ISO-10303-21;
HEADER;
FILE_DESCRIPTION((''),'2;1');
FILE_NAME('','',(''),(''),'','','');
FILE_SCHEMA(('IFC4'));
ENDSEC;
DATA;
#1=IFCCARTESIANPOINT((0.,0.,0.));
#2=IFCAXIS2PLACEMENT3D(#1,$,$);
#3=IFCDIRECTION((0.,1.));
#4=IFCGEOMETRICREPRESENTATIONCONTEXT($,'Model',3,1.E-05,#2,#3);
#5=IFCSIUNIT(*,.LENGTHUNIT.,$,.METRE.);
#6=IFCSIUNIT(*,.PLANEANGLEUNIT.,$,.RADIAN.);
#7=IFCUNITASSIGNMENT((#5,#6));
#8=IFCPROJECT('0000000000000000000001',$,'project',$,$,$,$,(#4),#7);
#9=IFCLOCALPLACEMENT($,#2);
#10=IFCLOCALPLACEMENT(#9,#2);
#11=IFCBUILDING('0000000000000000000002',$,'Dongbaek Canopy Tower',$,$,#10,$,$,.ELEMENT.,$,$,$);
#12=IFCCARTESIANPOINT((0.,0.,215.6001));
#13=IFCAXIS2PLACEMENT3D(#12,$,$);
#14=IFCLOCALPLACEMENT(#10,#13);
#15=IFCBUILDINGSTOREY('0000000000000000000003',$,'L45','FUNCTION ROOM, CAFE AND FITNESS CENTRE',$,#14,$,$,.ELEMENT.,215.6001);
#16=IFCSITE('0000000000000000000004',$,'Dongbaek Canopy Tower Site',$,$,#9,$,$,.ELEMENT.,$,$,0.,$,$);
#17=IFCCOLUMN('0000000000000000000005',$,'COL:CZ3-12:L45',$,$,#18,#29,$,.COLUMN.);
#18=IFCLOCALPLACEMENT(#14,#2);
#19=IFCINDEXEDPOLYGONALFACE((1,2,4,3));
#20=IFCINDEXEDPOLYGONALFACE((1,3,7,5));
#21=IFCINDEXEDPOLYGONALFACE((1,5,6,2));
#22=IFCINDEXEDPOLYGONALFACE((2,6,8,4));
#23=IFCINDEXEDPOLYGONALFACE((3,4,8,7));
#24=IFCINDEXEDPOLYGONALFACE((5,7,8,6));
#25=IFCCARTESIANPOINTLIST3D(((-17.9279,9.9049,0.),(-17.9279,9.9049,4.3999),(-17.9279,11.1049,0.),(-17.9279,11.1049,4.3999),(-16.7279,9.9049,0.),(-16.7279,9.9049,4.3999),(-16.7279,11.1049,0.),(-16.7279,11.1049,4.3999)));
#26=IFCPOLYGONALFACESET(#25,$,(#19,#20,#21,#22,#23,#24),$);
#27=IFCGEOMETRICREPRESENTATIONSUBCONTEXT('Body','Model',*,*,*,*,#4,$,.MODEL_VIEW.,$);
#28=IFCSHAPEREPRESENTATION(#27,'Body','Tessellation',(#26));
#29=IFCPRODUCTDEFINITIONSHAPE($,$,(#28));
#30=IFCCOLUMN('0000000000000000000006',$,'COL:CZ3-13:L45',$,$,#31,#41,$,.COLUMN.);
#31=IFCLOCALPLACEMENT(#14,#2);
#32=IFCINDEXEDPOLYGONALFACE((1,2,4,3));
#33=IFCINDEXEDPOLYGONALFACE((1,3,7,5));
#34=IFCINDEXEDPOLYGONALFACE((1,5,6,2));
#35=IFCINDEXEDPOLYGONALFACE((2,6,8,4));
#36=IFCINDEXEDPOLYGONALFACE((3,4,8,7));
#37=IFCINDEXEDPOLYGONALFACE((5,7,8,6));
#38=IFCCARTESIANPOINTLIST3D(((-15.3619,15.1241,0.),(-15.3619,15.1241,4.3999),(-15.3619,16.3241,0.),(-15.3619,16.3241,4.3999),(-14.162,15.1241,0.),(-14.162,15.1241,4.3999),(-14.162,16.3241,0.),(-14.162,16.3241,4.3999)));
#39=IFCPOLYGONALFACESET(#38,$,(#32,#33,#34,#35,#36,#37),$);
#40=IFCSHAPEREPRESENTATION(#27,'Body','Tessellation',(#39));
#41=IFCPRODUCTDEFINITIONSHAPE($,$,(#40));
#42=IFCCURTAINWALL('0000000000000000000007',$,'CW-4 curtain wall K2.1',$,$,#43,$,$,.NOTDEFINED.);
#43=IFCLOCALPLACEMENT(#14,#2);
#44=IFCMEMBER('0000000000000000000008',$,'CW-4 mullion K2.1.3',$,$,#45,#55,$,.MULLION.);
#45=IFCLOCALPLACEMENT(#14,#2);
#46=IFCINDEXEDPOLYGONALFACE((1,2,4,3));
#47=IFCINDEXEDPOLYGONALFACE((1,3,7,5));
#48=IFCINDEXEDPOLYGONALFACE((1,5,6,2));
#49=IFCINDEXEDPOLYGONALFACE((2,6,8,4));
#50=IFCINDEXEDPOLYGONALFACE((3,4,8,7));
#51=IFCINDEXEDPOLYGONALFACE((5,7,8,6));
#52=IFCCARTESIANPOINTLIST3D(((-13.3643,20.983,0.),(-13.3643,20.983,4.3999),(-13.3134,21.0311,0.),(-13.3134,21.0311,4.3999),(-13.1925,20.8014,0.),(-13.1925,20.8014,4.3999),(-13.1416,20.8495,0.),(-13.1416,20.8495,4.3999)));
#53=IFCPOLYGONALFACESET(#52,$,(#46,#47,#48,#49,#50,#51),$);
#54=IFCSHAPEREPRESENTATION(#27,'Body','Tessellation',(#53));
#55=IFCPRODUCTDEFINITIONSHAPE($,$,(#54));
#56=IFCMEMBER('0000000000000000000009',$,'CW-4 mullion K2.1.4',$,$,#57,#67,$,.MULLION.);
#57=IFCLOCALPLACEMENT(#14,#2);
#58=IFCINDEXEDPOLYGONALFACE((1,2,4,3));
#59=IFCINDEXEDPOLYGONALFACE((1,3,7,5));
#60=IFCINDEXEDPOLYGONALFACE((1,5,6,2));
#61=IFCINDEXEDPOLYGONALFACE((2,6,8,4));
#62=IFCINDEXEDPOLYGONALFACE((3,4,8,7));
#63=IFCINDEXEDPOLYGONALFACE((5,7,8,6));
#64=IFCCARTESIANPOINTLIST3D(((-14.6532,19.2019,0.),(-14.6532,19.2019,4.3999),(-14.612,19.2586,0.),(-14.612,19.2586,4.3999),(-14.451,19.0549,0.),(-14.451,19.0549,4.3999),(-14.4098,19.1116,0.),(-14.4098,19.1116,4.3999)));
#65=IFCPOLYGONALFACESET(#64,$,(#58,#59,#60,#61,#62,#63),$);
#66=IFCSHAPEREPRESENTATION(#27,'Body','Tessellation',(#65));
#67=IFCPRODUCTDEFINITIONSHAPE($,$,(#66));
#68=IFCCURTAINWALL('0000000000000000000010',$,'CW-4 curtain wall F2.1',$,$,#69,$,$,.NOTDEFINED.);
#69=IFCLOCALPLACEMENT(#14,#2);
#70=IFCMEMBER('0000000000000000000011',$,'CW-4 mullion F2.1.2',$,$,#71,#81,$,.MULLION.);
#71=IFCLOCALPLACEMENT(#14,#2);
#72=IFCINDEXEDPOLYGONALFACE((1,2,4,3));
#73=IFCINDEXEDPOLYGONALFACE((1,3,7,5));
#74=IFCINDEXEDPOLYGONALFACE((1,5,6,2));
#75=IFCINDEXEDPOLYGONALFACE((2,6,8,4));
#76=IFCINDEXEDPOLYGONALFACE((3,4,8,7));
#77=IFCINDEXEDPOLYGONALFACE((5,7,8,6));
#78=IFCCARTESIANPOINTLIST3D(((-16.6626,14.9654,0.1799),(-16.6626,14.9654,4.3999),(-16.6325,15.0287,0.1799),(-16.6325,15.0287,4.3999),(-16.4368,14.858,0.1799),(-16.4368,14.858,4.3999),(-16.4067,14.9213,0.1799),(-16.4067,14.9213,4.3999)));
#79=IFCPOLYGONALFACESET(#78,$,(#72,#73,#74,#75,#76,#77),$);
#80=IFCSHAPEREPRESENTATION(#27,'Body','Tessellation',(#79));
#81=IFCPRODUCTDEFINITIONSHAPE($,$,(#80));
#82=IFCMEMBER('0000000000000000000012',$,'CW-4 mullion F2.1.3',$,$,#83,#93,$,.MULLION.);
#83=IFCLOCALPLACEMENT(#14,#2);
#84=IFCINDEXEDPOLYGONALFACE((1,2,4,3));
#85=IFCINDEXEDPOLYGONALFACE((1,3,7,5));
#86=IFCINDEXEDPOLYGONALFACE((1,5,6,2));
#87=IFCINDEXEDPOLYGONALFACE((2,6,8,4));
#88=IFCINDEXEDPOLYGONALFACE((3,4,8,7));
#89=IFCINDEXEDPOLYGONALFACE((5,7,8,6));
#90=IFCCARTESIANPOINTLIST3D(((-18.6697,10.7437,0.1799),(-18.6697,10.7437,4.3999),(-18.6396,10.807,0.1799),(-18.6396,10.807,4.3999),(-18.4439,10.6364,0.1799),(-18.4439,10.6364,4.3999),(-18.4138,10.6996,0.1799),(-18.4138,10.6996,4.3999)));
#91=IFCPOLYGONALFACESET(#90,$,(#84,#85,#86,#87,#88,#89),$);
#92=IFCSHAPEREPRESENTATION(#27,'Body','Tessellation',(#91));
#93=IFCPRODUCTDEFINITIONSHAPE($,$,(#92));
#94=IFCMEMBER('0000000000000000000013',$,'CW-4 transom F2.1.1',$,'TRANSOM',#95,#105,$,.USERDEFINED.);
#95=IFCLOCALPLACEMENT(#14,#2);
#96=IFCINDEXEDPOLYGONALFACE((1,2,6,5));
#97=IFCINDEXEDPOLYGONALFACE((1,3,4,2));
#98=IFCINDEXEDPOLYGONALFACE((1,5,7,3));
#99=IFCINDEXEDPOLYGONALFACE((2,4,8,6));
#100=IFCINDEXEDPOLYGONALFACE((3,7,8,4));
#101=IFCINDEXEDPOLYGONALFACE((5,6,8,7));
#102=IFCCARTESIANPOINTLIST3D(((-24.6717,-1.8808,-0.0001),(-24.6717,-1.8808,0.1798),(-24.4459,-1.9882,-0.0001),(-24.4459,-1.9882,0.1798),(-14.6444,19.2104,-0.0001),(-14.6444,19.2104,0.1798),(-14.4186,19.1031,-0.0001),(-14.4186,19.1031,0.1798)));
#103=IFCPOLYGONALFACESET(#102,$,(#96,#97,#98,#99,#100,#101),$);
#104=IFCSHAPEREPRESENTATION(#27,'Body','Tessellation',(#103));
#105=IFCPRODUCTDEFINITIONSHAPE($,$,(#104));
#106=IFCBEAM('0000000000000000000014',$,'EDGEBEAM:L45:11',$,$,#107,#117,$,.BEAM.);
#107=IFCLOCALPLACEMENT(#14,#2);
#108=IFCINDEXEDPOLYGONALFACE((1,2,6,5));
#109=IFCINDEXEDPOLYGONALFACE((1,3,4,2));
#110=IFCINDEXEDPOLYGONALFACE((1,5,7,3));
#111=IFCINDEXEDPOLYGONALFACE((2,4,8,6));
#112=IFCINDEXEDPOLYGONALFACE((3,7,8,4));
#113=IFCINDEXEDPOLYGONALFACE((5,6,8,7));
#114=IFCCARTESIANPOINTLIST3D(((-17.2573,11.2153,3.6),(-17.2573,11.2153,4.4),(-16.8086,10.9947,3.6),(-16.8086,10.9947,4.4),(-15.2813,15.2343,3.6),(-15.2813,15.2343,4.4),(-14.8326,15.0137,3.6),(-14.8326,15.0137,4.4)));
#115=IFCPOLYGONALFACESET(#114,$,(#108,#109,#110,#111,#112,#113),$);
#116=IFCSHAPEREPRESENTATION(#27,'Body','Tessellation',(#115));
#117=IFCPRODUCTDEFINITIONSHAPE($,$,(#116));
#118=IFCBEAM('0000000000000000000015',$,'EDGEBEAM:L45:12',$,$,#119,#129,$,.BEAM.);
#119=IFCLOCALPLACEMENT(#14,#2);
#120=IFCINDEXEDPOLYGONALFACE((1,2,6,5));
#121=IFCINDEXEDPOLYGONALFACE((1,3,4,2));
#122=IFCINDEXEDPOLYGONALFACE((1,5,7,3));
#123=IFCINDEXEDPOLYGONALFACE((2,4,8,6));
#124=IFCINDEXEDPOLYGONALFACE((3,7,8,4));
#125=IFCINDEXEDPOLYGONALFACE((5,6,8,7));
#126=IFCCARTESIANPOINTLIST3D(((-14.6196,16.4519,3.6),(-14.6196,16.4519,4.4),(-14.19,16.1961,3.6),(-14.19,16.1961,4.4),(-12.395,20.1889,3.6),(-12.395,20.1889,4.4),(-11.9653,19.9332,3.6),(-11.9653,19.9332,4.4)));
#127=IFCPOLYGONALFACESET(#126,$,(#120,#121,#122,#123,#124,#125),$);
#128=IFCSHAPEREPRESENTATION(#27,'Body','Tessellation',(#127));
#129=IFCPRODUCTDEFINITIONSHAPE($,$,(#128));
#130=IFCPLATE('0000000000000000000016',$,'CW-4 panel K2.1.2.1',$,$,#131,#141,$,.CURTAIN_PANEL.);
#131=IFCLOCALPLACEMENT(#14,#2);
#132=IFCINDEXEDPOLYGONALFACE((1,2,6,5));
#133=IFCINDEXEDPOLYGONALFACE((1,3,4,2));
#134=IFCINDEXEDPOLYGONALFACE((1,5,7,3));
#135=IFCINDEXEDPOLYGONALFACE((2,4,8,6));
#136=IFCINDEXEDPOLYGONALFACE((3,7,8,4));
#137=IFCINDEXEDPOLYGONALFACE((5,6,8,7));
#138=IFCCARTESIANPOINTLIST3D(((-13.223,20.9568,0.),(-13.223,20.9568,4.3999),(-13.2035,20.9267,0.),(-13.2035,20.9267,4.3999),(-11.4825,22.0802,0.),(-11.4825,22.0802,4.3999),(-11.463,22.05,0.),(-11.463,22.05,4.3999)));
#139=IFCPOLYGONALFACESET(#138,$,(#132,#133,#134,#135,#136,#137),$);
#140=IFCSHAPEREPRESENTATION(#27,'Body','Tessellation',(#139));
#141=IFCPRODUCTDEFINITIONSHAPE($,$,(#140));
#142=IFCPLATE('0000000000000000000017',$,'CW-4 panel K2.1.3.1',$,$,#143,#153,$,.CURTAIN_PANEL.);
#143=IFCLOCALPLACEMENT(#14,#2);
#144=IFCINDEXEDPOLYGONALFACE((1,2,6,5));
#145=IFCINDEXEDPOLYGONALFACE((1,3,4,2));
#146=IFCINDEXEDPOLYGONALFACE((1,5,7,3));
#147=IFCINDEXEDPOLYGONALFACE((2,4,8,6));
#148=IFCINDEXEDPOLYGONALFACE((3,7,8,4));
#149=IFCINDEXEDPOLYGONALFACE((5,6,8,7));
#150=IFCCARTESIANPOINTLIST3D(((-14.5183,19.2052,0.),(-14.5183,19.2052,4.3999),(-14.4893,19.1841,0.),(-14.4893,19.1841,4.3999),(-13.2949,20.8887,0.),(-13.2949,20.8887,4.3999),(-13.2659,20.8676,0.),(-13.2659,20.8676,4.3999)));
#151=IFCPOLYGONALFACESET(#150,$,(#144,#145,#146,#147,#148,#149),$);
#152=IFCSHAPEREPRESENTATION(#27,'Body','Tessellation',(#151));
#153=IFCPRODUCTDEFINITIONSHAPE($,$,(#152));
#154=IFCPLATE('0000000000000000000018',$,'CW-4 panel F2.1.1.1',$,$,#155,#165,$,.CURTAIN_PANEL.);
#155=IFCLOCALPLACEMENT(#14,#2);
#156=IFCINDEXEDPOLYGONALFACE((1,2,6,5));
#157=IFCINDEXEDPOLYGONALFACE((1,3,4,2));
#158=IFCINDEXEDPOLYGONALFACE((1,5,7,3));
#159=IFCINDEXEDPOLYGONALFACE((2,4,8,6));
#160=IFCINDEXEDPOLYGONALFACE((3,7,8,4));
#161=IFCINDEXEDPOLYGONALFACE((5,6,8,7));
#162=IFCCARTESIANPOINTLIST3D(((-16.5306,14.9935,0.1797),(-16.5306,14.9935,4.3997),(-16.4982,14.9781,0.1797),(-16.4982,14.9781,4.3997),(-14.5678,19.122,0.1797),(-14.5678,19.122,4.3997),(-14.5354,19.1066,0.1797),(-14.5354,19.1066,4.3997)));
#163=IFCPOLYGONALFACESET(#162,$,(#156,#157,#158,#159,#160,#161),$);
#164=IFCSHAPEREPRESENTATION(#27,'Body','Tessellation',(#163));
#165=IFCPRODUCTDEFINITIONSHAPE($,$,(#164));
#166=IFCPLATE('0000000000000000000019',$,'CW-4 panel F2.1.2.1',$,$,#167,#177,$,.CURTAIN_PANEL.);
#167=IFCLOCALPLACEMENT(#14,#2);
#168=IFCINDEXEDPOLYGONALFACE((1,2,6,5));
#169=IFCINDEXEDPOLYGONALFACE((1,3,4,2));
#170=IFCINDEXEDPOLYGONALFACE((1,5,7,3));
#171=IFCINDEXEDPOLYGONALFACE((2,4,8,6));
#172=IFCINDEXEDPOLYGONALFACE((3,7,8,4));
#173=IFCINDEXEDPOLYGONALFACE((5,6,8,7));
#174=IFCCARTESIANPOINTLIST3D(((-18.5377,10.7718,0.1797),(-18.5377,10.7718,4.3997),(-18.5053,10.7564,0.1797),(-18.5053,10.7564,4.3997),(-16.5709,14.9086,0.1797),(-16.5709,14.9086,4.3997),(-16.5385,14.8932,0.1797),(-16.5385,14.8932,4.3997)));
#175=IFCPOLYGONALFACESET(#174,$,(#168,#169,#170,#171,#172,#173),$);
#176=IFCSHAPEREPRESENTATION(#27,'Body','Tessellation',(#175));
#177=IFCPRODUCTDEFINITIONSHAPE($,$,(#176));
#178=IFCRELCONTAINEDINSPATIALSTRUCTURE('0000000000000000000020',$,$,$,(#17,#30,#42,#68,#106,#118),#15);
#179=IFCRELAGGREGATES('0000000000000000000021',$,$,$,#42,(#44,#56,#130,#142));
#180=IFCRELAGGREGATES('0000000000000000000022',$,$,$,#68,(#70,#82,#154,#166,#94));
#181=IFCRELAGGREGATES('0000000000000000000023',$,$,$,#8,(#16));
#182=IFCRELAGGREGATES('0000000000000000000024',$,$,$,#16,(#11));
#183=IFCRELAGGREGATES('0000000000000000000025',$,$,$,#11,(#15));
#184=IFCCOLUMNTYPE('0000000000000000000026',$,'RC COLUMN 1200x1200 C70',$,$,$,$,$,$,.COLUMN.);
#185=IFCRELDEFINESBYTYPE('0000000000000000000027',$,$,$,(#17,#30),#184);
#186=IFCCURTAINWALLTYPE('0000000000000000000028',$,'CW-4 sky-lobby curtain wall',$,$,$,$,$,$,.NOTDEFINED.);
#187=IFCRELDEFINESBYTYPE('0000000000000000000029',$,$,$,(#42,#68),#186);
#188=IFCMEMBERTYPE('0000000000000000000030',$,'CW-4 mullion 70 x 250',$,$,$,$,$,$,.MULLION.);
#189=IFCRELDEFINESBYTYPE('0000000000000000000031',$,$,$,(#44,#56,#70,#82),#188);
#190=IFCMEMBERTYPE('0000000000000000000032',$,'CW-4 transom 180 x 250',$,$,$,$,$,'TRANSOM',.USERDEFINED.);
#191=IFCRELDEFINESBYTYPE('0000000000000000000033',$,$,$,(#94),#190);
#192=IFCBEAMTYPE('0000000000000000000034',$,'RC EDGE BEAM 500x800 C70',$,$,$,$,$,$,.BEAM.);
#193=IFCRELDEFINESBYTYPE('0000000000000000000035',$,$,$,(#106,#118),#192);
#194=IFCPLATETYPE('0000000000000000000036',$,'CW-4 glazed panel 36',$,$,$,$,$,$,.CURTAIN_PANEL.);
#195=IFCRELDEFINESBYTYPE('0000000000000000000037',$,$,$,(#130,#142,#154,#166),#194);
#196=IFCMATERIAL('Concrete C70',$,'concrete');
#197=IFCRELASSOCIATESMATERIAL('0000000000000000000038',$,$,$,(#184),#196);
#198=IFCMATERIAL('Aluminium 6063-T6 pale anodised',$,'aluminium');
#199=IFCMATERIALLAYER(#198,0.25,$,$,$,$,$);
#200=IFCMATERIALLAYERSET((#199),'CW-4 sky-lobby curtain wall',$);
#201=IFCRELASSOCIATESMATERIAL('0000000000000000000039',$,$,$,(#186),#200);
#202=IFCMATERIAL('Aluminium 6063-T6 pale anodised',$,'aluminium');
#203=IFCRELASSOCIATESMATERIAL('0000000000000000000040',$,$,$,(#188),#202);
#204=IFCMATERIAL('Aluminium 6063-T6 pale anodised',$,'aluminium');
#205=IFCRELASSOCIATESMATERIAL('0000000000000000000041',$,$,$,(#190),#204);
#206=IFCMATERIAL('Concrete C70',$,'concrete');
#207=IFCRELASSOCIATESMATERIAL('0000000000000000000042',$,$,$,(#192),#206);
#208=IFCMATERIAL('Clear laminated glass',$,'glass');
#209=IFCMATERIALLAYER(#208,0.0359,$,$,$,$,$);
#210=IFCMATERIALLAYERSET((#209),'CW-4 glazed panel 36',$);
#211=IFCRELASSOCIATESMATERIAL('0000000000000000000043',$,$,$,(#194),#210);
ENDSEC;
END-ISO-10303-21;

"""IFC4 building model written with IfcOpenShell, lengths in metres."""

from ifc_helpers import new_model, si_unit, direction, frame, origin, origin_2d, place, context, subcontext, project, spatial, rectangle, extrude, material, layer, layer_set, material_profile, profile_set, type_object, element, aggregate, save


model = new_model("IFC4")

# Units and contexts
model_context = context("Model", 3, precision=1e-05, world=origin(), true_north=direction((0.0, 1.0)))
body_context = subcontext(model_context, "Body", "Model", "MODEL_VIEW")
ifc_project = project(units=[si_unit("LENGTHUNIT", "METRE"), si_unit("PLANEANGLEUNIT", "RADIAN")], contexts=[model_context])

# Site, building, storey
site_placement = place(None, origin())
site = spatial("IfcSite", under=ifc_project, at=site_placement, Name="Dongbaek Canopy Tower Site", CompositionType="ELEMENT", RefElevation=0.0)
building_placement = place(site_placement, origin())
building = spatial("IfcBuilding", under=site, at=building_placement, Name="Dongbaek Canopy Tower", CompositionType="ELEMENT")
storey_placement = place(building_placement, frame((0.0, 0.0, 215.6001)))
storey = spatial("IfcBuildingStorey", under=building, at=storey_placement, Name="L45", Description="FUNCTION ROOM, CAFE AND FITNESS CENTRE", CompositionType="ELEMENT", Elevation=215.6001)

# Columns
ifc_material_1 = material(Name="Concrete C70", Category="concrete")
ifc_material_profile_1 = material_profile(ifc_material_1, rectangle(XDim=1.2, YDim=1.2, at=origin_2d()), Name="RC COLUMN 1200x1200 C70")
ifc_profile_set_1 = profile_set([ifc_material_profile_1], Name="Concrete C70")
column_type = type_object("IfcColumnType", Name="RC COLUMN 1200x1200 C70", PredefinedType="COLUMN", material=ifc_profile_set_1)
for number, where, z_axis, x_axis, name in (
    (1, (-17.3279, 10.5049, 0.0), (0.0, 0.0, 1.0), (1.0, 0.0, 0.0), "COL:CZ3-12:L45"),
    (2, (-14.762, 15.7241, 0.0), (0.0, 0.0, 1.0), (1.0, 0.0, 0.0), "COL:CZ3-13:L45"),
):
    element("IfcColumn", number, at=place(storey_placement, frame(where, z_axis=z_axis, x_axis=x_axis)), inside=storey, type_object=column_type, Name=name, PredefinedType="COLUMN", context=body_context, shape_type="SweptSolid", body=[
        extrude(rectangle(XDim=1.2, YDim=1.2, at=origin_2d()), origin(), (0.0, 0.0, 1.0), 4.3999),
    ])

# Curtain walls, members
ifc_material_2 = material(Name="Aluminium 6063-T6 pale anodised", Category="aluminium")
ifc_layer_1 = layer(ifc_material_2, 0.25)
ifc_layer_set_1 = layer_set([ifc_layer_1], Name="CW-4 sky-lobby curtain wall")
curtain_wall_type = type_object("IfcCurtainWallType", Name="CW-4 sky-lobby curtain wall", PredefinedType="NOTDEFINED", material=ifc_layer_set_1)
curtain_wall_1_placement = place(storey_placement, origin())
curtain_wall_1 = element("IfcCurtainWall", 3, at=curtain_wall_1_placement, inside=storey, type_object=curtain_wall_type, Name="CW-4 curtain wall K2.1", PredefinedType="NOTDEFINED")
ifc_material_3 = material(Name="Aluminium 6063-T6 pale anodised", Category="aluminium")
ifc_material_profile_2 = material_profile(ifc_material_3, rectangle(XDim=0.25, YDim=0.0701, at=origin_2d()), Name="CW-4 mullion 70 x 250")
ifc_profile_set_2 = profile_set([ifc_material_profile_2], Name="Aluminium 6063-T6 pale anodised")
member_type_1 = type_object("IfcMemberType", Name="CW-4 mullion 70 x 250", PredefinedType="MULLION", material=ifc_profile_set_2)
member_1_placement = place(storey_placement, frame((-13.2529, 20.9163, 0.0), z_axis=(0.0, 0.0, 1.0), x_axis=(-0.687292, 0.726381, 0.0)))
member_1 = element("IfcMember", 4, at=member_1_placement, type_object=member_type_1, Name="CW-4 mullion K2.1.3", PredefinedType="MULLION", context=body_context, shape_type="SweptSolid", body=[
    extrude(rectangle(XDim=0.25, YDim=0.0701, at=origin_2d()), origin(), (0.0, 0.0, 1.0), 4.3999),
])
member_2_placement = place(storey_placement, frame((-14.5315, 19.1567, 0.0), z_axis=(0.0, 0.0, 1.0), x_axis=(-0.808957, 0.587868, 0.0)))
member_2 = element("IfcMember", 5, at=member_2_placement, type_object=member_type_1, Name="CW-4 mullion K2.1.4", PredefinedType="MULLION", context=body_context, shape_type="SweptSolid", body=[
    extrude(rectangle(XDim=0.25, YDim=0.0701, at=origin_2d()), origin(), (0.0, 0.0, 1.0), 4.3999),
])
curtain_wall_2_placement = place(storey_placement, origin())
curtain_wall_2 = element("IfcCurtainWall", 6, at=curtain_wall_2_placement, inside=storey, type_object=curtain_wall_type, Name="CW-4 curtain wall F2.1", PredefinedType="NOTDEFINED")
member_3_placement = place(storey_placement, frame((-16.5347, 14.9434, 0.1799), z_axis=(0.0, 0.0, 1.0), x_axis=(-0.903127, 0.429375, 0.0)))
member_3 = element("IfcMember", 7, at=member_3_placement, type_object=member_type_1, Name="CW-4 mullion F2.1.2", PredefinedType="MULLION", context=body_context, shape_type="SweptSolid", body=[
    extrude(rectangle(XDim=0.25, YDim=0.0701, at=origin_2d()), origin(), (0.0, 0.0, 1.0), 4.22),
])
member_4_placement = place(storey_placement, frame((-18.5417, 10.7217, 0.1799), z_axis=(0.0, 0.0, 1.0), x_axis=(-0.903127, 0.429375, 0.0)))
member_4 = element("IfcMember", 8, at=member_4_placement, type_object=member_type_1, Name="CW-4 mullion F2.1.3", PredefinedType="MULLION", context=body_context, shape_type="SweptSolid", body=[
    extrude(rectangle(XDim=0.25, YDim=0.0701, at=origin_2d()), origin(), (0.0, 0.0, 1.0), 4.22),
])
ifc_material_4 = material(Name="Aluminium 6063-T6 pale anodised", Category="aluminium")
ifc_material_profile_3 = material_profile(ifc_material_4, rectangle(XDim=0.25, YDim=0.1799, at=origin_2d()), Name="CW-4 transom 180 x 250")
ifc_profile_set_3 = profile_set([ifc_material_profile_3], Name="Aluminium 6063-T6 pale anodised")
member_type_2 = type_object("IfcMemberType", Name="CW-4 transom 180 x 250", ElementType="TRANSOM", PredefinedType="USERDEFINED", material=ifc_profile_set_3)
member_5_placement = place(storey_placement, frame((-14.5315, 19.1567, 0.0898), z_axis=(-0.42937, -0.903129, 0.0), x_axis=(0.903129, -0.42937, 0.0)))
member_5 = element("IfcMember", 9, at=member_5_placement, type_object=member_type_2, Name="CW-4 transom F2.1.1", ObjectType="TRANSOM", PredefinedType="USERDEFINED", context=body_context, shape_type="SweptSolid", body=[
    extrude(rectangle(XDim=0.25, YDim=0.1799, at=origin_2d()), origin(), (0.0, 0.0, 1.0), 23.3535),
])

# Beams
ifc_material_5 = material(Name="Concrete C70", Category="concrete")
ifc_material_profile_4 = material_profile(ifc_material_5, rectangle(XDim=0.5, YDim=0.8, at=origin_2d()), Name="RC EDGE BEAM 500x800 C70")
ifc_profile_set_4 = profile_set([ifc_material_profile_4], Name="Concrete C70")
beam_type = type_object("IfcBeamType", Name="RC EDGE BEAM 500x800 C70", PredefinedType="BEAM", material=ifc_profile_set_4)
beam_1_placement = place(storey_placement, frame((-17.033, 11.105, 4.0), z_axis=(0.441229, 0.897395, 0.0), x_axis=(-0.897395, 0.441229, 0.0)))
element("IfcBeam", 10, at=beam_1_placement, inside=storey, type_object=beam_type, Name="EDGEBEAM:L45:11", PredefinedType="BEAM", context=body_context, shape_type="SweptSolid", body=[
    extrude(rectangle(XDim=0.5, YDim=0.8, at=origin_2d()), origin(), (0.0, 0.0, 1.0), 4.4785),
])
beam_2_placement = place(storey_placement, frame((-14.4048, 16.324, 4.0), z_axis=(0.511512, 0.859276, 0.0), x_axis=(-0.859276, 0.511512, 0.0)))
element("IfcBeam", 11, at=beam_2_placement, inside=storey, type_object=beam_type, Name="EDGEBEAM:L45:12", PredefinedType="BEAM", context=body_context, shape_type="SweptSolid", body=[
    extrude(rectangle(XDim=0.5, YDim=0.8, at=origin_2d()), origin(), (0.0, 0.0, 1.0), 4.3491),
])

# Plates
ifc_material_6 = material(Name="Clear laminated glass", Category="glass")
ifc_layer_2 = layer(ifc_material_6, 0.0359)
ifc_layer_set_2 = layer_set([ifc_layer_2], Name="CW-4 glazed panel 36")
plate_type = type_object("IfcPlateType", Name="CW-4 glazed panel 36", PredefinedType="CURTAIN_PANEL", material=ifc_layer_set_2)
plate_1_placement = place(storey_placement, frame((-12.343, 21.5034, 0.0), z_axis=(0.0, 0.0, 1.0), x_axis=(-0.840206, -0.542268, 0.0)))
plate_1 = element("IfcPlate", 12, at=plate_1_placement, type_object=plate_type, Name="CW-4 panel K2.1.2.1", PredefinedType="CURTAIN_PANEL", context=body_context, shape_type="SweptSolid", body=[
    extrude(rectangle(XDim=2.0715, YDim=0.0359, at=origin_2d()), origin(), (0.0, 0.0, 1.0), 4.3999),
])
plate_2_placement = place(storey_placement, frame((-13.8921, 20.0364, 0.0), z_axis=(0.0, 0.0, 1.0), x_axis=(-0.587868, -0.808957, 0.0)))
plate_2 = element("IfcPlate", 13, at=plate_2_placement, type_object=plate_type, Name="CW-4 panel K2.1.3.1", PredefinedType="CURTAIN_PANEL", context=body_context, shape_type="SweptSolid", body=[
    extrude(rectangle(XDim=2.0811, YDim=0.0359, at=origin_2d()), origin(), (0.0, 0.0, 1.0), 4.3999),
])
aggregate(curtain_wall_1, [member_1, member_2, plate_1, plate_2])
plate_3_placement = place(storey_placement, frame((-15.533, 17.05, 0.1797), z_axis=(0.0, 0.0, 1.0), x_axis=(-0.429375, -0.903127, 0.0)))
plate_3 = element("IfcPlate", 14, at=plate_3_placement, type_object=plate_type, Name="CW-4 panel F2.1.1.1", PredefinedType="CURTAIN_PANEL", context=body_context, shape_type="SweptSolid", body=[
    extrude(rectangle(XDim=4.5713, YDim=0.0359, at=origin_2d()), origin(), (0.0, 0.0, 1.0), 4.22),
])
plate_4_placement = place(storey_placement, frame((-17.5381, 12.8325, 0.1797), z_axis=(0.0, 0.0, 1.0), x_axis=(-0.429375, -0.903127, 0.0)))
plate_4 = element("IfcPlate", 15, at=plate_4_placement, type_object=plate_type, Name="CW-4 panel F2.1.2.1", PredefinedType="CURTAIN_PANEL", context=body_context, shape_type="SweptSolid", body=[
    extrude(rectangle(XDim=4.5806, YDim=0.0359, at=origin_2d()), origin(), (0.0, 0.0, 1.0), 4.22),
])
aggregate(curtain_wall_2, [member_3, member_4, plate_3, plate_4, member_5])

save(model, "model.ifc")
